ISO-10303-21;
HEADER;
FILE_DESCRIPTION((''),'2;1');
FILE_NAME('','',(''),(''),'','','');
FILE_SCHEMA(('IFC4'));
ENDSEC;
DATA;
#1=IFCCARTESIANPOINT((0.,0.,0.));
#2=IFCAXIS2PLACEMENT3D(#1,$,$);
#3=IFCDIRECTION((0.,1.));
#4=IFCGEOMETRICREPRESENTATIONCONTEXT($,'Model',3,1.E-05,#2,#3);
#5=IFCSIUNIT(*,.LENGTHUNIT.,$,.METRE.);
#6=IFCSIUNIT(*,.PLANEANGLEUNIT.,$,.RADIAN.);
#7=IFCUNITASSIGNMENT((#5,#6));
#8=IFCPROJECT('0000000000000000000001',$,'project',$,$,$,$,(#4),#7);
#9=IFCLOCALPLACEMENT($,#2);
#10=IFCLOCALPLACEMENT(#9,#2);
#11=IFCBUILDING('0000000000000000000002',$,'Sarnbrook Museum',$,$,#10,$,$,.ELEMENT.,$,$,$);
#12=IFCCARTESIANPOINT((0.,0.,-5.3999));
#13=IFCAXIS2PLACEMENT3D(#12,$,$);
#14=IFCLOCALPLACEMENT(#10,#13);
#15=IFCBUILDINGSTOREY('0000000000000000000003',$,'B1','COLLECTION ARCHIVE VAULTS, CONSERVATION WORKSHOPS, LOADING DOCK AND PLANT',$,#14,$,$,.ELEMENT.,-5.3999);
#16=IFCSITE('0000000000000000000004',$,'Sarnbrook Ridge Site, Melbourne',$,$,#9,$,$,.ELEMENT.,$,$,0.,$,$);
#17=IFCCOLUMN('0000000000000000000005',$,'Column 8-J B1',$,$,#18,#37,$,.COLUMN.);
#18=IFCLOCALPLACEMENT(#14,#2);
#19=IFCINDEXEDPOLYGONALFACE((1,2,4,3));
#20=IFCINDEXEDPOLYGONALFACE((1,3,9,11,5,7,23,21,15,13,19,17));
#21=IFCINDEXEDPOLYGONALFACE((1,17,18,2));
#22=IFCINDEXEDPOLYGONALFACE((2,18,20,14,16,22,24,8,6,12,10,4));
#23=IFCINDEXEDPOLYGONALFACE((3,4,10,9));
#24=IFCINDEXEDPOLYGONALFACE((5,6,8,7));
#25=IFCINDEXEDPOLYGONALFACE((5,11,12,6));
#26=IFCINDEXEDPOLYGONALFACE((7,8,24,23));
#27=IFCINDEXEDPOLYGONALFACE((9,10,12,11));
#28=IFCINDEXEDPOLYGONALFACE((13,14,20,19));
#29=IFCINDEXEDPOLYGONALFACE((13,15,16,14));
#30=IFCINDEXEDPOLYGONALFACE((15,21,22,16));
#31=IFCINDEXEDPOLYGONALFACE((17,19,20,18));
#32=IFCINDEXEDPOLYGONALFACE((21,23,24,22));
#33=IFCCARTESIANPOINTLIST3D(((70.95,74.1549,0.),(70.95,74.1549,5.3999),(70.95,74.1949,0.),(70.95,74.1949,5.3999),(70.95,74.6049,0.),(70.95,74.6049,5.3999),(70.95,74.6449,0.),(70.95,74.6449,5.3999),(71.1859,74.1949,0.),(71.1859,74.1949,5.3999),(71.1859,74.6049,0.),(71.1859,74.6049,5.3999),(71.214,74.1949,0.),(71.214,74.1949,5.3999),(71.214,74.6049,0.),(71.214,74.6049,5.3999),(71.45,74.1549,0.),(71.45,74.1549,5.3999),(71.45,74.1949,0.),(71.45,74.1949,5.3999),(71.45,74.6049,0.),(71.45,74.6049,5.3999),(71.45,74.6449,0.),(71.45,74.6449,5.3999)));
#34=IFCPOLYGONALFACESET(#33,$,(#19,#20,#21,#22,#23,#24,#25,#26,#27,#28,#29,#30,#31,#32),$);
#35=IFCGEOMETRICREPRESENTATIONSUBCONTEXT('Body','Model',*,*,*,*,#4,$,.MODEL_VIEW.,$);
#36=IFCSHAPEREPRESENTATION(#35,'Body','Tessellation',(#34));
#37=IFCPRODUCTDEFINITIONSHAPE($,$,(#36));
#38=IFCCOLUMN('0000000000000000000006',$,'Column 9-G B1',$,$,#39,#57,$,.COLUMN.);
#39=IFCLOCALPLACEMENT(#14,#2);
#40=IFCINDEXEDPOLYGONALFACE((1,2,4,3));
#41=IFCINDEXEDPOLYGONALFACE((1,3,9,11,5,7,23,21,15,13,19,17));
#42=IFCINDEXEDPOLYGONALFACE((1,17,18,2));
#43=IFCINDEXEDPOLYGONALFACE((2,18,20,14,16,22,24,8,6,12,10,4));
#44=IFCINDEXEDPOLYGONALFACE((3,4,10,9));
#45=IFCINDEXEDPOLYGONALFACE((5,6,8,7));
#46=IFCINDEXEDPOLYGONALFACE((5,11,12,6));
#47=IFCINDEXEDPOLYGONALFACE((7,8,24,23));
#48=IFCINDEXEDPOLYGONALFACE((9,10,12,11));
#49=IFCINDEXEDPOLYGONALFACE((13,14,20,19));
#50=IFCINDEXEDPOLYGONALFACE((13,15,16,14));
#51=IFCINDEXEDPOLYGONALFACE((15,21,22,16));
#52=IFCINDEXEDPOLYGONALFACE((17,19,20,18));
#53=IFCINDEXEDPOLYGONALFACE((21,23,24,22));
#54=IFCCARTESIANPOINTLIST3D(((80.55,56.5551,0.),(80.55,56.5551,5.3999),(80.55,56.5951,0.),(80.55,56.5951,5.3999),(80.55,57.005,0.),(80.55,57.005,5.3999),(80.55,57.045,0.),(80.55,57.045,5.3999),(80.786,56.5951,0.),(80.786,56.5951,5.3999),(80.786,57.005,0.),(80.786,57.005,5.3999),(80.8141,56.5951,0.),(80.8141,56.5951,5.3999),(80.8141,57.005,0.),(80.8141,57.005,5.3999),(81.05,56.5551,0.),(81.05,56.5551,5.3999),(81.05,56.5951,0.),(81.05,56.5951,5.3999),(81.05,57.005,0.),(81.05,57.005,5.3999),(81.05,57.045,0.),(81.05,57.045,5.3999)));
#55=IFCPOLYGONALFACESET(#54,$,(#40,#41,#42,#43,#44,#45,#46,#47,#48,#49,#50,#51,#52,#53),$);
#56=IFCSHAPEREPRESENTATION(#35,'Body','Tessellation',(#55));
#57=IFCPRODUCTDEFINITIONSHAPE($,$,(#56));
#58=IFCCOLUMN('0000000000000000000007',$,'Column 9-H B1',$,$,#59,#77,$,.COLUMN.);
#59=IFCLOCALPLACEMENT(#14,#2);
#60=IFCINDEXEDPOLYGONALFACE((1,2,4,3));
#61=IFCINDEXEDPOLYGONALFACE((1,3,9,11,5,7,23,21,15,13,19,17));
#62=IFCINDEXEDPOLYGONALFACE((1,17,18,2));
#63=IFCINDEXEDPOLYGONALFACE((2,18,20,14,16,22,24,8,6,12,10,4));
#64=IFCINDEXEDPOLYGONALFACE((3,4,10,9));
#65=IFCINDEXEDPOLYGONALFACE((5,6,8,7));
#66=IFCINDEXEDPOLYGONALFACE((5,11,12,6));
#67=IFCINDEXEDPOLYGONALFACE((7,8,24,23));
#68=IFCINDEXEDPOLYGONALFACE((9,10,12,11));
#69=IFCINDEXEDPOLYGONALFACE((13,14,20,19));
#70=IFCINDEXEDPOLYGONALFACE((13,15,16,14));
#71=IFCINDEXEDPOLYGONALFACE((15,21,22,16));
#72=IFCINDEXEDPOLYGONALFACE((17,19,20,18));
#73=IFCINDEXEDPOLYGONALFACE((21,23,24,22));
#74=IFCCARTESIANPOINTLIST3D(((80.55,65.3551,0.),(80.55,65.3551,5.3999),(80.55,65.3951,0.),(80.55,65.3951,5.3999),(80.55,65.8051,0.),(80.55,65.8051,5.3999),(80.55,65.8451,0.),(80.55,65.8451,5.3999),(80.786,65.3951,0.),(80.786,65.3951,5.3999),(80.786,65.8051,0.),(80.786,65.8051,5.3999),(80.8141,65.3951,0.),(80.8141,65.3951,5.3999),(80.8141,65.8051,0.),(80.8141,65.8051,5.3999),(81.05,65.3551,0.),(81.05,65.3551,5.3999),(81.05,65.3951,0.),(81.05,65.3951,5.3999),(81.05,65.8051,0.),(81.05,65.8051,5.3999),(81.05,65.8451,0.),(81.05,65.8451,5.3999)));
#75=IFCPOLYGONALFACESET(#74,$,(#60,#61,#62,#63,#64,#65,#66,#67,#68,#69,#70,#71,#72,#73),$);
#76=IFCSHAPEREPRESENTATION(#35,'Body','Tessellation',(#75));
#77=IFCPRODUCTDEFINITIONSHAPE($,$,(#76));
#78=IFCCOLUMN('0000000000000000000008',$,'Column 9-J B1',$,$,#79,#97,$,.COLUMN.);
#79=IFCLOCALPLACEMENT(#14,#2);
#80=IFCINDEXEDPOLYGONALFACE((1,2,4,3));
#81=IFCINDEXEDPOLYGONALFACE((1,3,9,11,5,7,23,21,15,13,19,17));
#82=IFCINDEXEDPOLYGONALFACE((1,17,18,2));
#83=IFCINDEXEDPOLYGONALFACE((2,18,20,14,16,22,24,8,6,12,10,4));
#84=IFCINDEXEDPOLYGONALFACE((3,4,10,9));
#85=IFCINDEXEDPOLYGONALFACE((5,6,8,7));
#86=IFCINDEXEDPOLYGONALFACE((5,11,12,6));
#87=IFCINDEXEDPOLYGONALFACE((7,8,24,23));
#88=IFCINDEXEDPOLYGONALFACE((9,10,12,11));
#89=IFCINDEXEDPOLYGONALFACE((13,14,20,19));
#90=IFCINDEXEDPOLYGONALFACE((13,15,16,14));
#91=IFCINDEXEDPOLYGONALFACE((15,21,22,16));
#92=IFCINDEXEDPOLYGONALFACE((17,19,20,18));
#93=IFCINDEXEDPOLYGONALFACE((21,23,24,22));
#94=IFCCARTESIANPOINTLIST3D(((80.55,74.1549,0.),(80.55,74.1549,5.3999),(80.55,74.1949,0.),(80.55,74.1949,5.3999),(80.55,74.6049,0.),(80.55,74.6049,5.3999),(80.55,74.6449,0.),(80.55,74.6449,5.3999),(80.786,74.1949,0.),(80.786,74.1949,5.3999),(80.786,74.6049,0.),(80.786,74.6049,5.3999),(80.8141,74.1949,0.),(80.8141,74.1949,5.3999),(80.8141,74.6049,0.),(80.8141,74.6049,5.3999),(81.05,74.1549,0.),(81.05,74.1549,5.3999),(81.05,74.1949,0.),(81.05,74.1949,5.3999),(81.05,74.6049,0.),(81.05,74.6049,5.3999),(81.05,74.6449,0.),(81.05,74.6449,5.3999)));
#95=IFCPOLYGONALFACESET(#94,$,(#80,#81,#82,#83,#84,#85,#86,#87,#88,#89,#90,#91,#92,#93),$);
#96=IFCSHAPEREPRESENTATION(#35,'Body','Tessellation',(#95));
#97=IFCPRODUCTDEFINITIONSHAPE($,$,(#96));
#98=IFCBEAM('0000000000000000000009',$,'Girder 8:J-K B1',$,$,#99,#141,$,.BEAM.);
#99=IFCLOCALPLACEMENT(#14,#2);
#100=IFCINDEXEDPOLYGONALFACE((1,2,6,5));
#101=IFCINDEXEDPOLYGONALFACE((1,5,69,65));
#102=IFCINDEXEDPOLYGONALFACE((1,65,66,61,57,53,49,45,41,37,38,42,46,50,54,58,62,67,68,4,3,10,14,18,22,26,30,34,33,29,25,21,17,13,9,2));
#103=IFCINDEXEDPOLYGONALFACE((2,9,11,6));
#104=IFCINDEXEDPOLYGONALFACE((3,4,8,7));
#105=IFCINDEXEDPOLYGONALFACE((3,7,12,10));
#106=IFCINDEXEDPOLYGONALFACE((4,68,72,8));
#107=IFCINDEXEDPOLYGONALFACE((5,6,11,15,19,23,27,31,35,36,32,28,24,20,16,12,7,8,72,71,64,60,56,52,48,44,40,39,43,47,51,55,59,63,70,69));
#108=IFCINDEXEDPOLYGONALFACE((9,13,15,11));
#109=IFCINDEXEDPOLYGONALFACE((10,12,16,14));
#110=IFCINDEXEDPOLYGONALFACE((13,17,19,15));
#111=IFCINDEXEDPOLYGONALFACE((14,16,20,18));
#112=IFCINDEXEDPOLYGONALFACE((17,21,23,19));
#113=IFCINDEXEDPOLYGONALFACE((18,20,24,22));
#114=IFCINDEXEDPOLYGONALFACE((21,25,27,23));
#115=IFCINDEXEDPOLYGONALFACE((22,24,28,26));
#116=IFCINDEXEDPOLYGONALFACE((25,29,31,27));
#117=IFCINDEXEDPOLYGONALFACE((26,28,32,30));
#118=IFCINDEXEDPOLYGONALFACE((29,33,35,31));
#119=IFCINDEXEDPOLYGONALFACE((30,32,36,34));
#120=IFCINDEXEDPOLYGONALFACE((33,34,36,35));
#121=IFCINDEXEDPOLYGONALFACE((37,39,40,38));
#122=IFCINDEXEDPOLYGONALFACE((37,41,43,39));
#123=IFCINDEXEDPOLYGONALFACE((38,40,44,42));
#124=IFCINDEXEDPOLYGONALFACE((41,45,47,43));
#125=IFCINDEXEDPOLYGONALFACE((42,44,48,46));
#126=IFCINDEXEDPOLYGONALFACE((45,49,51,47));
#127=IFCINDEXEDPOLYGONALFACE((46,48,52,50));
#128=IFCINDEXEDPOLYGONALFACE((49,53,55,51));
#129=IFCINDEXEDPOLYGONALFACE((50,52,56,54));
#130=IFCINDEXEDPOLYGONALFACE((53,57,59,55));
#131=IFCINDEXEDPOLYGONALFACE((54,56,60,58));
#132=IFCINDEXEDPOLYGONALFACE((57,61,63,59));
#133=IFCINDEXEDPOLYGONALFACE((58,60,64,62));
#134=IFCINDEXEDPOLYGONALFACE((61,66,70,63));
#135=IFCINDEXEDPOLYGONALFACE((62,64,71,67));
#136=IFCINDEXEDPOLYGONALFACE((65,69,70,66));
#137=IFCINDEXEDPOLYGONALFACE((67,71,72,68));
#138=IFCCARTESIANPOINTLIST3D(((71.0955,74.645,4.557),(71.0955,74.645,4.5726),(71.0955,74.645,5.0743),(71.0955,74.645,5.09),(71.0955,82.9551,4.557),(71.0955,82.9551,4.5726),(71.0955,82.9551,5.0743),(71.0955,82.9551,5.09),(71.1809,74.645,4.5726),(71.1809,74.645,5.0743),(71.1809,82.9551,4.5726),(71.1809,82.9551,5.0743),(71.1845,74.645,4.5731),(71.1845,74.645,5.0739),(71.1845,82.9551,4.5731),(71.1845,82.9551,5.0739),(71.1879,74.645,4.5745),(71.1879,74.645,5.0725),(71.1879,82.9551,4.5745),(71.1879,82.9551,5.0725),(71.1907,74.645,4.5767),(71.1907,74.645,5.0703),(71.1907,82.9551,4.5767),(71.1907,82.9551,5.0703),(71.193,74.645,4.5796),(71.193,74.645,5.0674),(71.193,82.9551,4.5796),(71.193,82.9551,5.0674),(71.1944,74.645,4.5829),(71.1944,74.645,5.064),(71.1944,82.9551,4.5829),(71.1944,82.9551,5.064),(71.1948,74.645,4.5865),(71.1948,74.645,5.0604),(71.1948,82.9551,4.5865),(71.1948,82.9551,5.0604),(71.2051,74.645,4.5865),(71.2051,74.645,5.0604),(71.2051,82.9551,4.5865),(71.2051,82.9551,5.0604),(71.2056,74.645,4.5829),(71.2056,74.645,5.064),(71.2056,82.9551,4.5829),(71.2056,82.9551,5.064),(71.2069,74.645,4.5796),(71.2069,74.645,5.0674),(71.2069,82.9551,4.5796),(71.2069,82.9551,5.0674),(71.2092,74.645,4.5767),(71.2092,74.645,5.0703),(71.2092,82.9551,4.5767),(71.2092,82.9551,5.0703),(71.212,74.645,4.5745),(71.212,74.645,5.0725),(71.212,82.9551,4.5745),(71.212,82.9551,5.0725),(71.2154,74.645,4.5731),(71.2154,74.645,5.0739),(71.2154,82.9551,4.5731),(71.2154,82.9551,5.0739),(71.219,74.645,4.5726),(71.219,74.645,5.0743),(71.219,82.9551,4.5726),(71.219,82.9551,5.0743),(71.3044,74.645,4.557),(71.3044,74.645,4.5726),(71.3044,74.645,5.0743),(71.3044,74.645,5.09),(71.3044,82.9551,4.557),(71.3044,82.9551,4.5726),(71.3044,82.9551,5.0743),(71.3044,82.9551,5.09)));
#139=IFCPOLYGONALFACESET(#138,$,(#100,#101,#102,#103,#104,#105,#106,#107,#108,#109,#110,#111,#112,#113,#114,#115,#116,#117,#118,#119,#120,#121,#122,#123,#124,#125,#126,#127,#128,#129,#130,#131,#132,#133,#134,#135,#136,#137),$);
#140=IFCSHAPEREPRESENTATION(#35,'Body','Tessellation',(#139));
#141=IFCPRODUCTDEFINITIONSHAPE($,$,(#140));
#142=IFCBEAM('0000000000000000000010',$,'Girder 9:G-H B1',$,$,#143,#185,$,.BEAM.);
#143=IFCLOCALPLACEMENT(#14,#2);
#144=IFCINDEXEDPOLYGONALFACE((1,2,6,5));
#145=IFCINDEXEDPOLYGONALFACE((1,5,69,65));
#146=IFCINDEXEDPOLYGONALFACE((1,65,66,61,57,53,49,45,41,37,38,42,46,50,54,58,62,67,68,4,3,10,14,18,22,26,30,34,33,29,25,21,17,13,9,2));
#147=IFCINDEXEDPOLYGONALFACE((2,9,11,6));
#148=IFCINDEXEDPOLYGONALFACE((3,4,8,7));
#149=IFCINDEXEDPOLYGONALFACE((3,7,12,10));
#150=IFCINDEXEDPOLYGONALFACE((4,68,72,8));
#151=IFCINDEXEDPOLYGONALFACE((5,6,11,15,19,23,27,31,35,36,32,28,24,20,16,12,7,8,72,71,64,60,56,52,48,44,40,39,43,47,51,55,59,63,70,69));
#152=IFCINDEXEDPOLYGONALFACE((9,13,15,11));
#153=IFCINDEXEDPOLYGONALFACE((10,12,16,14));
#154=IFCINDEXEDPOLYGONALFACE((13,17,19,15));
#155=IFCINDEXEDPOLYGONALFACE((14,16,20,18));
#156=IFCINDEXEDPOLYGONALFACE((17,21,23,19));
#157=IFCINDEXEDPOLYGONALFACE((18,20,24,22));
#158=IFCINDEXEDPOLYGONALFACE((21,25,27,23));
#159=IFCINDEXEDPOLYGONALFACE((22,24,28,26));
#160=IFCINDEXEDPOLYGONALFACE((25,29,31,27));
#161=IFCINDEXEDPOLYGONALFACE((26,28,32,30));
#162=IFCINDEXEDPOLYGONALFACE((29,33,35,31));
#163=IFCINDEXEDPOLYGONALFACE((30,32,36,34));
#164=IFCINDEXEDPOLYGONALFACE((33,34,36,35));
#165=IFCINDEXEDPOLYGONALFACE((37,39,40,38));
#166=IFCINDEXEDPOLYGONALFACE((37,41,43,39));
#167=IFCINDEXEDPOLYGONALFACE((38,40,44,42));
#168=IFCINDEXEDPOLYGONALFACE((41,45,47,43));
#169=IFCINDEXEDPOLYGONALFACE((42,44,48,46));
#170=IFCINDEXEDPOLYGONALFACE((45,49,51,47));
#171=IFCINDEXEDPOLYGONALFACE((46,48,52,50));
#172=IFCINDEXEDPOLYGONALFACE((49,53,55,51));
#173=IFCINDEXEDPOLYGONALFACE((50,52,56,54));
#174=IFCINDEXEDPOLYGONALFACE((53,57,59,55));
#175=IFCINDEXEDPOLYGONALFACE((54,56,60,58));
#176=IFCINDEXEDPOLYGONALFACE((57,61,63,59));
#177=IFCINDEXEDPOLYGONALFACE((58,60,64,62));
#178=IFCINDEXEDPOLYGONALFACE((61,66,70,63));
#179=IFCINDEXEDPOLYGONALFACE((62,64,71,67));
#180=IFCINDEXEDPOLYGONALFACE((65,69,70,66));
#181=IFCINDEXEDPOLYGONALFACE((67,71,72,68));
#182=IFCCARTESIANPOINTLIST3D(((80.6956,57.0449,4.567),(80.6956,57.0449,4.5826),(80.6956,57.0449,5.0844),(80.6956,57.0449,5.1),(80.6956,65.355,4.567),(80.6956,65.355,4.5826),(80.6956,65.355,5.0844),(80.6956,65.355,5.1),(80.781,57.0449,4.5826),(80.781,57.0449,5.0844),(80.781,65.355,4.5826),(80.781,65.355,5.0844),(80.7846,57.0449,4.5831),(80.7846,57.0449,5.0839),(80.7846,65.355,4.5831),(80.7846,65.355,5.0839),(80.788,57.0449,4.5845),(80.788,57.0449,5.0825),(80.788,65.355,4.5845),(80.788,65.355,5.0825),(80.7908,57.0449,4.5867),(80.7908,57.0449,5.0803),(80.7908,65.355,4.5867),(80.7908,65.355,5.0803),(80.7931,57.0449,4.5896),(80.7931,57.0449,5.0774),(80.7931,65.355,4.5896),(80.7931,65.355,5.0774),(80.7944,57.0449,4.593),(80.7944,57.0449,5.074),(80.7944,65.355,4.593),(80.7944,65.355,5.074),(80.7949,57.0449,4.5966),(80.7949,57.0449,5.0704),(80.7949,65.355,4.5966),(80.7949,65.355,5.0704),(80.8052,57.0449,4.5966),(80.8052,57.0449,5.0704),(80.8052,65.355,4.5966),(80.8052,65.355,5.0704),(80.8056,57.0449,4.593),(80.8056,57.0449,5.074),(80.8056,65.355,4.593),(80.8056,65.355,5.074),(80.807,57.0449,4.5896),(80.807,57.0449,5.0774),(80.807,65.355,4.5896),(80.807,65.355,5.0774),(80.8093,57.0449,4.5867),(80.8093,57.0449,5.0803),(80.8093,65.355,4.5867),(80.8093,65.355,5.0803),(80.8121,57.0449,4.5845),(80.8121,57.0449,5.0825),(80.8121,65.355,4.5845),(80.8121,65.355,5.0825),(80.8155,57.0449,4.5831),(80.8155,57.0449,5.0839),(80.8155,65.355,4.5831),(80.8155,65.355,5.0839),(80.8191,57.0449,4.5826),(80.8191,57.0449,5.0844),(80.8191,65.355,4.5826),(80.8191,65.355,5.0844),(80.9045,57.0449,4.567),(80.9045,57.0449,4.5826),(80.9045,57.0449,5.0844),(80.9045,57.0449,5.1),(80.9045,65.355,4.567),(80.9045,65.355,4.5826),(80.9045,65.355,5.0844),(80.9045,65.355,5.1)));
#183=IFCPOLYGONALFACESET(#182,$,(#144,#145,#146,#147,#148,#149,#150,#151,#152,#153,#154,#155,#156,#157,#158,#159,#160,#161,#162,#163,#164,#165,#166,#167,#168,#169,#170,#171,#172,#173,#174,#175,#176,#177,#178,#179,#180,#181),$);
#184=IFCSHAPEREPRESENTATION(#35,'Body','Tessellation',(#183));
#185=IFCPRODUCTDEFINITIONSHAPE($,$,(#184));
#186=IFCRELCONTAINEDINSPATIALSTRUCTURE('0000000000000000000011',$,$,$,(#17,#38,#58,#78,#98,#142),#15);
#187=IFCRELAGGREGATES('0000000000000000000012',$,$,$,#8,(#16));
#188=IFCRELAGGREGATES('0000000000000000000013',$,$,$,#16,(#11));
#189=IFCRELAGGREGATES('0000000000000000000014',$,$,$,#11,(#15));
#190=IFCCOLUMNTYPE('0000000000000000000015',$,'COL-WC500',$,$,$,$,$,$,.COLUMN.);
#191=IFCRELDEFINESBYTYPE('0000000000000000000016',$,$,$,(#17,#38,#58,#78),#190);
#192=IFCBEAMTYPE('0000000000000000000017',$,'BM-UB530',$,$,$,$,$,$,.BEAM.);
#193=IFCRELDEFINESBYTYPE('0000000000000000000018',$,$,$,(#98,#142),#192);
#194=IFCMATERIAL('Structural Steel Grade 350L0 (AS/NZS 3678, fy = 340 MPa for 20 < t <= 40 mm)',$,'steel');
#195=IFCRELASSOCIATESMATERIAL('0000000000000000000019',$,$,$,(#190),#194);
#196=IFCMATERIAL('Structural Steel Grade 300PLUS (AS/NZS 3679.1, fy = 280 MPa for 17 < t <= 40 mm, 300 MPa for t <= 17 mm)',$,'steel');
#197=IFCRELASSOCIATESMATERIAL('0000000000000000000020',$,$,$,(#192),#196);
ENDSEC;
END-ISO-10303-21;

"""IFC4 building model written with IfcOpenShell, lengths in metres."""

from ifc_helpers import new_model, si_unit, direction, frame, origin, origin_2d, place, context, subcontext, project, spatial, i_section, extrude, material, material_profile, profile_set, type_object, element, save


model = new_model("IFC4")

# Units and contexts
model_context = context("Model", 3, precision=1e-05, world=origin(), true_north=direction((0.0, 1.0)))
body_context = subcontext(model_context, "Body", "Model", "MODEL_VIEW")
ifc_project = project(units=[si_unit("LENGTHUNIT", "METRE"), si_unit("PLANEANGLEUNIT", "RADIAN")], contexts=[model_context])

# Site, building, storey
site_placement = place(None, origin())
site = spatial("IfcSite", under=ifc_project, at=site_placement, Name="Sarnbrook Ridge Site, Melbourne", CompositionType="ELEMENT", RefElevation=0.0)
building_placement = place(site_placement, origin())
building = spatial("IfcBuilding", under=site, at=building_placement, Name="Sarnbrook Museum", CompositionType="ELEMENT")
storey_placement = place(building_placement, frame((0.0, 0.0, -5.3999)))
storey = spatial("IfcBuildingStorey", under=building, at=storey_placement, Name="B1", Description="COLLECTION ARCHIVE VAULTS, CONSERVATION WORKSHOPS, LOADING DOCK AND PLANT", CompositionType="ELEMENT", Elevation=-5.3999)

# Columns
ifc_material_1 = material(Name="Structural Steel Grade 350L0 (AS/NZS 3678, fy = 340 MPa for 20 < t <= 40 mm)", Category="steel")
ifc_material_profile_1 = material_profile(ifc_material_1, i_section(OverallWidth=0.5, OverallDepth=0.49, WebThickness=0.0281, FlangeThickness=0.04, at=origin_2d()), Name="500WC340")
ifc_profile_set_1 = profile_set([ifc_material_profile_1], Name="Structural Steel Grade 350L0 (AS/NZS 3678, fy = 340 MPa for 20 < t <= 40 mm)")
column_type = type_object("IfcColumnType", Name="COL-WC500", PredefinedType="COLUMN", material=ifc_profile_set_1)
for number, where, z_axis, x_axis, name in (
    (1, (71.2, 74.3999, 0.0), (0.0, 0.0, 1.0), (1.0, 0.0, 0.0), "Column 8-J B1"),
    (2, (80.8, 56.8, 0.0), (0.0, 0.0, 1.0), (1.0, 0.0, 0.0), "Column 9-G B1"),
    (3, (80.8, 65.6001, 0.0), (0.0, 0.0, 1.0), (1.0, 0.0, 0.0), "Column 9-H B1"),
    (4, (80.8, 74.3999, 0.0), (0.0, 0.0, 1.0), (1.0, 0.0, 0.0), "Column 9-J B1"),
):
    element("IfcColumn", number, at=place(storey_placement, frame(where, z_axis=z_axis, x_axis=x_axis)), inside=storey, type_object=column_type, Name=name, PredefinedType="COLUMN", context=body_context, shape_type="SweptSolid", body=[
        extrude(i_section(OverallWidth=0.5, OverallDepth=0.49, WebThickness=0.0281, FlangeThickness=0.04, at=origin_2d()), origin(), (0.0, 0.0, 1.0), 5.3999),
    ])

# Beams
ifc_material_2 = material(Name="Structural Steel Grade 300PLUS (AS/NZS 3679.1, fy = 280 MPa for 17 < t <= 40 mm, 300 MPa for t <= 17 mm)", Category="steel")
ifc_material_profile_2 = material_profile(ifc_material_2, i_section(OverallWidth=0.209, OverallDepth=0.533, WebThickness=0.0103, FlangeThickness=0.0156, FilletRadius=0.0139, at=origin_2d()), Name="530UB92.4")
ifc_profile_set_2 = profile_set([ifc_material_profile_2], Name="Structural Steel Grade 300PLUS (AS/NZS 3679.1, fy = 280 MPa for 17 < t <= 40 mm, 300 MPa for t <= 17 mm)")
beam_type_1 = type_object("IfcBeamType", Name="BM-UB530", PredefinedType="BEAM", material=ifc_profile_set_2)
for number, where, z_axis, x_axis, name in (
    (5, (71.2, 74.645, 4.8235), (0.0, 1.0, 0.0), (-1.0, 0.0, 0.0), "Girder 8:J-K B1"),
    (6, (80.8, 57.0449, 4.8335), (0.0, 1.0, 0.0), (-1.0, 0.0, 0.0), "Girder 9:G-H B1"),
):
    element("IfcBeam", number, at=place(storey_placement, frame(where, z_axis=z_axis, x_axis=x_axis)), inside=storey, type_object=beam_type_1, Name=name, PredefinedType="BEAM", context=body_context, shape_type="SweptSolid", body=[
        extrude(i_section(OverallWidth=0.209, OverallDepth=0.533, WebThickness=0.0103, FlangeThickness=0.0156, FilletRadius=0.0139, at=origin_2d()), origin(), (0.0, 0.0, 1.0), 8.3101),
    ])

save(model, "model.ifc")
